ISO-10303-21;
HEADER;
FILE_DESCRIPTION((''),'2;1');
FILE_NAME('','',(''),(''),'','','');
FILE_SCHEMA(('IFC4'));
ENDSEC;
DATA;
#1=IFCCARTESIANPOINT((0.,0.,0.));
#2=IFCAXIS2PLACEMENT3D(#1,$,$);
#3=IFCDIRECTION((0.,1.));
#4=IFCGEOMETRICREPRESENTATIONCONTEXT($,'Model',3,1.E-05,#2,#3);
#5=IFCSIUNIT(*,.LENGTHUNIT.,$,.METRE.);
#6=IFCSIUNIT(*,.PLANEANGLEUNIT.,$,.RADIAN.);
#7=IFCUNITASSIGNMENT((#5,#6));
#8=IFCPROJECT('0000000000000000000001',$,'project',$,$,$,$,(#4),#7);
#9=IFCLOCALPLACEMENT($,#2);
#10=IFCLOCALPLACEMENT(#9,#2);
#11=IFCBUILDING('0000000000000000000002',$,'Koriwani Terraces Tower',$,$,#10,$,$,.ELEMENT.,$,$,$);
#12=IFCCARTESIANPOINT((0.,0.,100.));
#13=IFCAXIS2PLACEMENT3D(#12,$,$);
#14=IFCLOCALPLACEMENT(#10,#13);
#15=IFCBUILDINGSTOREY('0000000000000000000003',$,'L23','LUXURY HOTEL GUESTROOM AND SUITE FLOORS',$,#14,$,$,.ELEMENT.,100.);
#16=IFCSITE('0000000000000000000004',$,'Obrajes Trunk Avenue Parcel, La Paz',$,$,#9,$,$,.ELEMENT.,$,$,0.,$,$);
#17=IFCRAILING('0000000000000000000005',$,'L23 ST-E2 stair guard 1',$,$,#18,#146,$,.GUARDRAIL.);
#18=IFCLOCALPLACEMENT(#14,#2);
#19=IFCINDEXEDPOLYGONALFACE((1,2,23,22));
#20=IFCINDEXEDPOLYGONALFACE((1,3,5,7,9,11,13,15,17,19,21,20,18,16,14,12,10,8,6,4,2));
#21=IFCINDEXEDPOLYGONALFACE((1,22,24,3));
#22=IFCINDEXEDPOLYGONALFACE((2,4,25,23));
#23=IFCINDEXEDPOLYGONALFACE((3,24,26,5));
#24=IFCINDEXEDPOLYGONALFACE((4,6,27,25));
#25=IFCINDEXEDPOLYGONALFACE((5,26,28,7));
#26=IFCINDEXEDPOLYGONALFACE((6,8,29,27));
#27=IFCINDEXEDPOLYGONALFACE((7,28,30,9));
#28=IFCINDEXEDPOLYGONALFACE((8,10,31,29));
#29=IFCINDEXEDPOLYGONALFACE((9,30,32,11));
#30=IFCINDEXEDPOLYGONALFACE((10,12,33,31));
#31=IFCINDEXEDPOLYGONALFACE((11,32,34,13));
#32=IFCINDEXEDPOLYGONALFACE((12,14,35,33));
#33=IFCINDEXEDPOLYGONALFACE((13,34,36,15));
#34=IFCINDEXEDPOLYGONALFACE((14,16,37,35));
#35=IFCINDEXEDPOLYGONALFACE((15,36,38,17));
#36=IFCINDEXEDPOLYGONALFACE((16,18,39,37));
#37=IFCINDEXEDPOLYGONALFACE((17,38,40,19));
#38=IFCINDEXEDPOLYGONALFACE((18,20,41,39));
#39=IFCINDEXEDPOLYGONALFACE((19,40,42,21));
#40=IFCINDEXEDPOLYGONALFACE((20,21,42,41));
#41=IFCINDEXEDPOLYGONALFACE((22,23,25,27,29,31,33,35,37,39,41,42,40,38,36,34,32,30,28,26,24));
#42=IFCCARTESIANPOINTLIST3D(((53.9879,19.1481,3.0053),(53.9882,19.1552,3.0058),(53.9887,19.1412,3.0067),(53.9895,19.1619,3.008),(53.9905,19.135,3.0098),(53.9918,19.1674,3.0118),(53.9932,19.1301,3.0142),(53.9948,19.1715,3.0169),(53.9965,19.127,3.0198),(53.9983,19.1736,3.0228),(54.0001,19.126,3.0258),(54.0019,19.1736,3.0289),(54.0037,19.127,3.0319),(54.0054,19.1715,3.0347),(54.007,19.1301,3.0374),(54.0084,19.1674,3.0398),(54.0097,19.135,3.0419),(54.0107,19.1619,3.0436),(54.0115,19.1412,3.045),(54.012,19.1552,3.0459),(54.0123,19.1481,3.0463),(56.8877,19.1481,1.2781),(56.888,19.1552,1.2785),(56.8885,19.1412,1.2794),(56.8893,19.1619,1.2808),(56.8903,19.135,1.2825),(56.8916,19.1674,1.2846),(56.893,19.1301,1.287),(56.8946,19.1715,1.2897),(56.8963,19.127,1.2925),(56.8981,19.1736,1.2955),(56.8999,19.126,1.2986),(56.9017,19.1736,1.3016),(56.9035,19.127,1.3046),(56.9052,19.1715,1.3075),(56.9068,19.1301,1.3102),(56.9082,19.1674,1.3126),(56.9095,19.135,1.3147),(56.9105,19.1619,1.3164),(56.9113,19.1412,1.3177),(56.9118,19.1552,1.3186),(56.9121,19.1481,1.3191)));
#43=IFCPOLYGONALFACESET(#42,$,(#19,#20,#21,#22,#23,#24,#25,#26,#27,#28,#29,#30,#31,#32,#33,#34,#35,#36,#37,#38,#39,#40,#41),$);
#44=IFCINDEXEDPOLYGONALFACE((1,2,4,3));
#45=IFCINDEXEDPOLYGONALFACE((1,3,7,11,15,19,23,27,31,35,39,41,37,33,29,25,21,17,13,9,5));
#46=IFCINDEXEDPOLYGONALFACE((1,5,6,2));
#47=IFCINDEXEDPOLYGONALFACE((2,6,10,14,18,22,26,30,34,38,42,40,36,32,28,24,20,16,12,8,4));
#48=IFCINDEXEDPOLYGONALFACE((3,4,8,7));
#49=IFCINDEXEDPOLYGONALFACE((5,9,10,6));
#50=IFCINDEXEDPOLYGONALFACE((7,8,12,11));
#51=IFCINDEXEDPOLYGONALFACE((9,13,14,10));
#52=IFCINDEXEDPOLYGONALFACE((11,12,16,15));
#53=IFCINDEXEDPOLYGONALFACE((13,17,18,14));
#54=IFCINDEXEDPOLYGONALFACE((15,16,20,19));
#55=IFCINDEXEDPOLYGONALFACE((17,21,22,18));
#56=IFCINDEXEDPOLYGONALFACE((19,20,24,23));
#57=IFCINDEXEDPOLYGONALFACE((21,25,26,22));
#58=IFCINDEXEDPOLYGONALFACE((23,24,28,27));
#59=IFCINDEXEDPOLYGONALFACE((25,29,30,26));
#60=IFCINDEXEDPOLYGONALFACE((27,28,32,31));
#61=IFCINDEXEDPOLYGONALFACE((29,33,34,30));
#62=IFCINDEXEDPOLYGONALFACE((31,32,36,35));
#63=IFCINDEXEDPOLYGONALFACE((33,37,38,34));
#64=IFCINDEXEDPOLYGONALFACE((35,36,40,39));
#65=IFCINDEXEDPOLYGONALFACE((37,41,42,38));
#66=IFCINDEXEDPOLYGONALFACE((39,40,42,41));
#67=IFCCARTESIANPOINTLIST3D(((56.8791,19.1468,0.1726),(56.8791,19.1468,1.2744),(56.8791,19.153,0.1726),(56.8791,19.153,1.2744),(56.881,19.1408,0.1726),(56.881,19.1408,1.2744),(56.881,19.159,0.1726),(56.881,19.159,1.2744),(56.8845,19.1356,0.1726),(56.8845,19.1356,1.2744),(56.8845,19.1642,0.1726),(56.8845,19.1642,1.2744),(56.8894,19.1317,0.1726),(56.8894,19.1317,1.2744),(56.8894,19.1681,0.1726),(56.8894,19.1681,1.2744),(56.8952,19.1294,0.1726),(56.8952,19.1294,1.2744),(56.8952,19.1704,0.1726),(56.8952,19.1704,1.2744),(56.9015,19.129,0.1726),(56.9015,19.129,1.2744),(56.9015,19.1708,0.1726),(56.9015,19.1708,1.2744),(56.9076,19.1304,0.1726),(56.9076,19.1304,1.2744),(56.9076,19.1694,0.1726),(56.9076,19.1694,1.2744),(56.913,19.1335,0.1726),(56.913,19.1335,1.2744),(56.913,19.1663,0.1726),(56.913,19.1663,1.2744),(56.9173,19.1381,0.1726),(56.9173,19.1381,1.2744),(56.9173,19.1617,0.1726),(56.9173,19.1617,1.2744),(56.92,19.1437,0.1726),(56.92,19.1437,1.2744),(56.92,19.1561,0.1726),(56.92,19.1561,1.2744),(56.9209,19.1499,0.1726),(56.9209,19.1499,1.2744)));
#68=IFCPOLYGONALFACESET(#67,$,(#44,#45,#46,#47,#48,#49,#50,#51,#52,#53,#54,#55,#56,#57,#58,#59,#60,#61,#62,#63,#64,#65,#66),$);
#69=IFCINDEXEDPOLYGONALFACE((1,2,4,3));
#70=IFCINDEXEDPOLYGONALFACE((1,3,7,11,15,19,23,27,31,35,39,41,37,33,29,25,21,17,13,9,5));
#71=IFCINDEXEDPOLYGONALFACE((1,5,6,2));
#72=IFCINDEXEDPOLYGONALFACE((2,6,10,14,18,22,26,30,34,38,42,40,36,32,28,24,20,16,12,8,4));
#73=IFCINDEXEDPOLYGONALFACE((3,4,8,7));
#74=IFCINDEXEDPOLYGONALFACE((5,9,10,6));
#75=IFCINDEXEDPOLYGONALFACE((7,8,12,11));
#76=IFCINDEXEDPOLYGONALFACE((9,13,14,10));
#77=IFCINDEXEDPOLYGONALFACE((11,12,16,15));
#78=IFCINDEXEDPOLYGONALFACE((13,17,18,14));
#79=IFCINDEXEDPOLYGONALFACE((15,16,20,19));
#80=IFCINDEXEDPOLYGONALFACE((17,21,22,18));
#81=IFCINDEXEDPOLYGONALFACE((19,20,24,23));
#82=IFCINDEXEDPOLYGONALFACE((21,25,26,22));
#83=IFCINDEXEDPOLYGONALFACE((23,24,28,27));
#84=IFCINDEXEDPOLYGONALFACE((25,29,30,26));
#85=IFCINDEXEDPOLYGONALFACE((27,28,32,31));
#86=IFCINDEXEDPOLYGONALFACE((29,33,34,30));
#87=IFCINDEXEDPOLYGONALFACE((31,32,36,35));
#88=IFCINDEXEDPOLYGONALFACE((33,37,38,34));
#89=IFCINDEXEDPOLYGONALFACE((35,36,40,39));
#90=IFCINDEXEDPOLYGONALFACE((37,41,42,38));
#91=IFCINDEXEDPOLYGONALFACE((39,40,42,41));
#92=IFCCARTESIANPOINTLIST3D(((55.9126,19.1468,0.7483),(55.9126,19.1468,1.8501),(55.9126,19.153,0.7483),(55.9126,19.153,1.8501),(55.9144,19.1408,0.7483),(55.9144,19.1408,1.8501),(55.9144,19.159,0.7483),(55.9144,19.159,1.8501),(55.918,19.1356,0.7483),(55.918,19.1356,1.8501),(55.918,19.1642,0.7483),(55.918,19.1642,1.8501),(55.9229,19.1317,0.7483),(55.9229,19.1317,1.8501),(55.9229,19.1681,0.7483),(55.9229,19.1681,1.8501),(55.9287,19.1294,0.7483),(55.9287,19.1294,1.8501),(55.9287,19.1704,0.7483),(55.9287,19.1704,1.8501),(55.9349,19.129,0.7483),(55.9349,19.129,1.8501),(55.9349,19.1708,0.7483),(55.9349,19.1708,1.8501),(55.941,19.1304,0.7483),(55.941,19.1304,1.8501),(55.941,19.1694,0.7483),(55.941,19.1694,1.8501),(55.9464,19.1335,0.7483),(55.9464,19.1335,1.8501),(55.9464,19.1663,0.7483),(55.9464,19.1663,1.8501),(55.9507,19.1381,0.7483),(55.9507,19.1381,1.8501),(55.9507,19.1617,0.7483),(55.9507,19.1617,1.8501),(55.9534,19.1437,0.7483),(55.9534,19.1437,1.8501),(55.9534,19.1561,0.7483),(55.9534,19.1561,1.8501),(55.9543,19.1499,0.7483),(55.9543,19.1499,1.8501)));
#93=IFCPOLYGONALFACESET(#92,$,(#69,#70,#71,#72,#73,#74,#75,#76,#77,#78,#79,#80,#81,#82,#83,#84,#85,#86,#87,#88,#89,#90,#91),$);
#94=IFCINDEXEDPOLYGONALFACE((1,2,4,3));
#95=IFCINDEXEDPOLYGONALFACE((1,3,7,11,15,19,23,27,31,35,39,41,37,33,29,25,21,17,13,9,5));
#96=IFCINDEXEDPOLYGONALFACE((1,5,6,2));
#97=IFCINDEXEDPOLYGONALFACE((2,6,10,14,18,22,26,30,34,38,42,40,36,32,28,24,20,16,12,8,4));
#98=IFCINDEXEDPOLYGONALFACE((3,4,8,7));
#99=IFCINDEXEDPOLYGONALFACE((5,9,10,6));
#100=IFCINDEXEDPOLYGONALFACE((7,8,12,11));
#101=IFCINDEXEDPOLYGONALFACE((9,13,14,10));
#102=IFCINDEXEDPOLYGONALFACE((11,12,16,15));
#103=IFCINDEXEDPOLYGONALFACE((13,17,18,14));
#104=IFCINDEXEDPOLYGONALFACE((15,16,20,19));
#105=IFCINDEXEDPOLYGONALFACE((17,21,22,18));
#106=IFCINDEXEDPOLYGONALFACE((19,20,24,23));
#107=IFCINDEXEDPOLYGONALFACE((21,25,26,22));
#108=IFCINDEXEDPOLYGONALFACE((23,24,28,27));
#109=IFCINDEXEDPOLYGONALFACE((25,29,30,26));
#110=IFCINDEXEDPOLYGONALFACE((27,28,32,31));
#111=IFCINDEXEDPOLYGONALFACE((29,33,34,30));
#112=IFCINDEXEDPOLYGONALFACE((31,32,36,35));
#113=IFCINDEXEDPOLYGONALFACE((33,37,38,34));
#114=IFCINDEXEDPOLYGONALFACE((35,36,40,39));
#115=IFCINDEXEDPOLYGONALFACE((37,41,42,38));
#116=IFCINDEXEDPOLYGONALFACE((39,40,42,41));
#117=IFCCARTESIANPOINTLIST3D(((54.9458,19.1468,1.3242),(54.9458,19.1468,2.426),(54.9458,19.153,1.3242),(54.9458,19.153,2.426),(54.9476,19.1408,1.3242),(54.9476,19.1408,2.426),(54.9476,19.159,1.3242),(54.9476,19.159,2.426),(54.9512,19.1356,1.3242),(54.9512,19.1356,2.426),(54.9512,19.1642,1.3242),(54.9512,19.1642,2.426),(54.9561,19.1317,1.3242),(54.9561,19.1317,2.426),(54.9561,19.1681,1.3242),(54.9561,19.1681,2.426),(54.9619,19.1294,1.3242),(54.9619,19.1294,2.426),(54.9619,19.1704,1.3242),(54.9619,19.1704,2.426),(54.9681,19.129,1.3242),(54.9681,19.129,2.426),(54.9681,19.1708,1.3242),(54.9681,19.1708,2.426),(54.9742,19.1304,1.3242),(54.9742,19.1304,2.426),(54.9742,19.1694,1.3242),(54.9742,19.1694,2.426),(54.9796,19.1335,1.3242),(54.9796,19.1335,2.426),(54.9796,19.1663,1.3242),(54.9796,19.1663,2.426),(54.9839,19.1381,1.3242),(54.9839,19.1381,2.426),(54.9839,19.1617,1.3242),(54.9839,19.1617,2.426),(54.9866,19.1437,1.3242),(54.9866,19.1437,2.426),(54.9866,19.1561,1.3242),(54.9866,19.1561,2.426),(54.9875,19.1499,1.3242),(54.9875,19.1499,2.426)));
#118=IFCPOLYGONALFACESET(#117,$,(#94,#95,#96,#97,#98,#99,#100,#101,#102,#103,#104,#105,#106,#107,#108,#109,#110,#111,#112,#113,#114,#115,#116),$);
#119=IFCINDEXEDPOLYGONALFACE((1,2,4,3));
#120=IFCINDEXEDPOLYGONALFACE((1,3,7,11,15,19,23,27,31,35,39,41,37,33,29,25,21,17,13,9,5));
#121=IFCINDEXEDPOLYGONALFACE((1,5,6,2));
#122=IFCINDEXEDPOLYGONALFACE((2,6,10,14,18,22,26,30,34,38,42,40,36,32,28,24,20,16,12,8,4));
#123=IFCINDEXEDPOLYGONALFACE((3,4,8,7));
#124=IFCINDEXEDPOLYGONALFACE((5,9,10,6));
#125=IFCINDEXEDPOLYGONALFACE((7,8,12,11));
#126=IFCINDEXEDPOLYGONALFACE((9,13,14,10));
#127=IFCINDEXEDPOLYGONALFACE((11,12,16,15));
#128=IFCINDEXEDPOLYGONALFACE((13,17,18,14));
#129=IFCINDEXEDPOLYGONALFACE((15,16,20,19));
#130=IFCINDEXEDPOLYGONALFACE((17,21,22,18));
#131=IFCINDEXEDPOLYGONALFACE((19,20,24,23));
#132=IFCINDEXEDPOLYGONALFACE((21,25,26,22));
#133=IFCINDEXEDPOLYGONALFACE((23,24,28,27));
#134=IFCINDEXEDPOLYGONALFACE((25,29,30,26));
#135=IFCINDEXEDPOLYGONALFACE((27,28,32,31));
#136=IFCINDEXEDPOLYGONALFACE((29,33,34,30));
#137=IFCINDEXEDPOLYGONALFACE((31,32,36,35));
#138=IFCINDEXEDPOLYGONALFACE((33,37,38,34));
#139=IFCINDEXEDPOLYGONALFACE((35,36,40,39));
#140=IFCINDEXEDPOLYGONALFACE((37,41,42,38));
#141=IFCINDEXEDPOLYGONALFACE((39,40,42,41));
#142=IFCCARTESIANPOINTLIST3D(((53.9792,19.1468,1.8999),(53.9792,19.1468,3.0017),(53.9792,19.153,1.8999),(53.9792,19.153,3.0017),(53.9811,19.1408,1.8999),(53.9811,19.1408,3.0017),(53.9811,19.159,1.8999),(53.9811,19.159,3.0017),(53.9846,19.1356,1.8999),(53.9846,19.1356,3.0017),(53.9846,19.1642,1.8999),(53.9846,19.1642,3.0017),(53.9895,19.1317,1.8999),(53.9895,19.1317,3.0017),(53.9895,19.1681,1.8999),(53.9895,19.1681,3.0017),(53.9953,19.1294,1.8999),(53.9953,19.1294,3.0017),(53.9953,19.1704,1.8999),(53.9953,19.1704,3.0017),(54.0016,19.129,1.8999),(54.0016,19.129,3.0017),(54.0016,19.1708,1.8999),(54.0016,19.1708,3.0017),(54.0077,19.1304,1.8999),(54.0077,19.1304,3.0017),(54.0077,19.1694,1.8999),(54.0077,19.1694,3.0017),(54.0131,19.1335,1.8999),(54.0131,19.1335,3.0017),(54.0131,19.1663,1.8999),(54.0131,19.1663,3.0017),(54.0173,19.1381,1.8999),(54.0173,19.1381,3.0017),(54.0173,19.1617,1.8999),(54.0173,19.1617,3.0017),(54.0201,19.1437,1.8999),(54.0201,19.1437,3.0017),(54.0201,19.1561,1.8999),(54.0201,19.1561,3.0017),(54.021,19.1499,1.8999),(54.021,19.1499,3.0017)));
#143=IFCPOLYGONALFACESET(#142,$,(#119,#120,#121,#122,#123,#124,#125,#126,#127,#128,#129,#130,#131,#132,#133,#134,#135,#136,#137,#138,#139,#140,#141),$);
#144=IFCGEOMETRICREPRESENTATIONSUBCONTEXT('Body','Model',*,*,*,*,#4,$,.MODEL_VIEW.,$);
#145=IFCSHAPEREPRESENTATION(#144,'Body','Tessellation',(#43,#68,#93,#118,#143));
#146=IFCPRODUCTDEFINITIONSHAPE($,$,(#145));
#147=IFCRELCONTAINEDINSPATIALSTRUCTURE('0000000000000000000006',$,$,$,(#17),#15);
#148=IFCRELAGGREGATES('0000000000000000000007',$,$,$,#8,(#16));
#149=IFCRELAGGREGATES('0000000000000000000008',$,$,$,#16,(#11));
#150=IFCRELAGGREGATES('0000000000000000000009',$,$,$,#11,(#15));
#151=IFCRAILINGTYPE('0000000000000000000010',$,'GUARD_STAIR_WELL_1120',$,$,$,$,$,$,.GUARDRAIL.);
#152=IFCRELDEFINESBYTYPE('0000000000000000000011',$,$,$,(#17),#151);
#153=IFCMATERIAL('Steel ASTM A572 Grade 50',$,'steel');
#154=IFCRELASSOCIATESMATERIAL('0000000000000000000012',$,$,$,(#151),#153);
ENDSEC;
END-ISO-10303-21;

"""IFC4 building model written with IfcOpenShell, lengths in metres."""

from ifc_helpers import new_model, si_unit, direction, frame, origin, origin_2d, place, context, subcontext, project, spatial, circle, extrude, material, type_object, element, save


model = new_model("IFC4")

# Units and contexts
model_context = context("Model", 3, precision=1e-05, world=origin(), true_north=direction((0.0, 1.0)))
body_context = subcontext(model_context, "Body", "Model", "MODEL_VIEW")
ifc_project = project(units=[si_unit("LENGTHUNIT", "METRE"), si_unit("PLANEANGLEUNIT", "RADIAN")], contexts=[model_context])

# Site, building, storey
site_placement = place(None, origin())
site = spatial("IfcSite", under=ifc_project, at=site_placement, Name="Obrajes Trunk Avenue Parcel, La Paz", CompositionType="ELEMENT", RefElevation=0.0)
building_placement = place(site_placement, origin())
building = spatial("IfcBuilding", under=site, at=building_placement, Name="Koriwani Terraces Tower", CompositionType="ELEMENT")
storey_placement = place(building_placement, frame((0.0, 0.0, 100.0)))
storey = spatial("IfcBuildingStorey", under=building, at=storey_placement, Name="L23", Description="LUXURY HOTEL GUESTROOM AND SUITE FLOORS", CompositionType="ELEMENT", Elevation=100.0)

# Shared definitions
ifc_material_1 = material(Name="Steel ASTM A572 Grade 50", Category="steel")

# Railing
railing_type_1 = type_object("IfcRailingType", Name="GUARD_STAIR_WELL_1120", PredefinedType="GUARDRAIL", material=ifc_material_1)
railing_1_placement = place(storey_placement, frame((56.8999, 19.1499, 0.1726)))
element("IfcRailing", 1, at=railing_1_placement, inside=storey, type_object=railing_type_1, Name="L23 ST-E2 stair guard 1", PredefinedType="GUARDRAIL", context=body_context, shape_type="SweptSolid", body=[
    extrude(circle(Radius=0.0239, at=origin_2d()), frame((0.0, 0.0, 1.126), z_axis=(-0.859141, 0.0, 0.511738), x_axis=(0.0, -1.0, 0.0)), (0.0, 0.0, 1.0), 3.3752),
    extrude(circle(Radius=0.021, at=origin_2d()), origin(), (0.0, 0.0, 1.0), 1.1018),
    extrude(circle(Radius=0.021, at=origin_2d()), frame((-0.9666, 0.0, 0.5757)), (0.0, 0.0, 1.0), 1.1018),
    extrude(circle(Radius=0.021, at=origin_2d()), frame((-1.9333, 0.0, 1.1516)), (0.0, 0.0, 1.0), 1.1018),
    extrude(circle(Radius=0.021, at=origin_2d()), frame((-2.8999, 0.0, 1.7273)), (0.0, 0.0, 1.0), 1.1018),
])

save(model, "model.ifc")
